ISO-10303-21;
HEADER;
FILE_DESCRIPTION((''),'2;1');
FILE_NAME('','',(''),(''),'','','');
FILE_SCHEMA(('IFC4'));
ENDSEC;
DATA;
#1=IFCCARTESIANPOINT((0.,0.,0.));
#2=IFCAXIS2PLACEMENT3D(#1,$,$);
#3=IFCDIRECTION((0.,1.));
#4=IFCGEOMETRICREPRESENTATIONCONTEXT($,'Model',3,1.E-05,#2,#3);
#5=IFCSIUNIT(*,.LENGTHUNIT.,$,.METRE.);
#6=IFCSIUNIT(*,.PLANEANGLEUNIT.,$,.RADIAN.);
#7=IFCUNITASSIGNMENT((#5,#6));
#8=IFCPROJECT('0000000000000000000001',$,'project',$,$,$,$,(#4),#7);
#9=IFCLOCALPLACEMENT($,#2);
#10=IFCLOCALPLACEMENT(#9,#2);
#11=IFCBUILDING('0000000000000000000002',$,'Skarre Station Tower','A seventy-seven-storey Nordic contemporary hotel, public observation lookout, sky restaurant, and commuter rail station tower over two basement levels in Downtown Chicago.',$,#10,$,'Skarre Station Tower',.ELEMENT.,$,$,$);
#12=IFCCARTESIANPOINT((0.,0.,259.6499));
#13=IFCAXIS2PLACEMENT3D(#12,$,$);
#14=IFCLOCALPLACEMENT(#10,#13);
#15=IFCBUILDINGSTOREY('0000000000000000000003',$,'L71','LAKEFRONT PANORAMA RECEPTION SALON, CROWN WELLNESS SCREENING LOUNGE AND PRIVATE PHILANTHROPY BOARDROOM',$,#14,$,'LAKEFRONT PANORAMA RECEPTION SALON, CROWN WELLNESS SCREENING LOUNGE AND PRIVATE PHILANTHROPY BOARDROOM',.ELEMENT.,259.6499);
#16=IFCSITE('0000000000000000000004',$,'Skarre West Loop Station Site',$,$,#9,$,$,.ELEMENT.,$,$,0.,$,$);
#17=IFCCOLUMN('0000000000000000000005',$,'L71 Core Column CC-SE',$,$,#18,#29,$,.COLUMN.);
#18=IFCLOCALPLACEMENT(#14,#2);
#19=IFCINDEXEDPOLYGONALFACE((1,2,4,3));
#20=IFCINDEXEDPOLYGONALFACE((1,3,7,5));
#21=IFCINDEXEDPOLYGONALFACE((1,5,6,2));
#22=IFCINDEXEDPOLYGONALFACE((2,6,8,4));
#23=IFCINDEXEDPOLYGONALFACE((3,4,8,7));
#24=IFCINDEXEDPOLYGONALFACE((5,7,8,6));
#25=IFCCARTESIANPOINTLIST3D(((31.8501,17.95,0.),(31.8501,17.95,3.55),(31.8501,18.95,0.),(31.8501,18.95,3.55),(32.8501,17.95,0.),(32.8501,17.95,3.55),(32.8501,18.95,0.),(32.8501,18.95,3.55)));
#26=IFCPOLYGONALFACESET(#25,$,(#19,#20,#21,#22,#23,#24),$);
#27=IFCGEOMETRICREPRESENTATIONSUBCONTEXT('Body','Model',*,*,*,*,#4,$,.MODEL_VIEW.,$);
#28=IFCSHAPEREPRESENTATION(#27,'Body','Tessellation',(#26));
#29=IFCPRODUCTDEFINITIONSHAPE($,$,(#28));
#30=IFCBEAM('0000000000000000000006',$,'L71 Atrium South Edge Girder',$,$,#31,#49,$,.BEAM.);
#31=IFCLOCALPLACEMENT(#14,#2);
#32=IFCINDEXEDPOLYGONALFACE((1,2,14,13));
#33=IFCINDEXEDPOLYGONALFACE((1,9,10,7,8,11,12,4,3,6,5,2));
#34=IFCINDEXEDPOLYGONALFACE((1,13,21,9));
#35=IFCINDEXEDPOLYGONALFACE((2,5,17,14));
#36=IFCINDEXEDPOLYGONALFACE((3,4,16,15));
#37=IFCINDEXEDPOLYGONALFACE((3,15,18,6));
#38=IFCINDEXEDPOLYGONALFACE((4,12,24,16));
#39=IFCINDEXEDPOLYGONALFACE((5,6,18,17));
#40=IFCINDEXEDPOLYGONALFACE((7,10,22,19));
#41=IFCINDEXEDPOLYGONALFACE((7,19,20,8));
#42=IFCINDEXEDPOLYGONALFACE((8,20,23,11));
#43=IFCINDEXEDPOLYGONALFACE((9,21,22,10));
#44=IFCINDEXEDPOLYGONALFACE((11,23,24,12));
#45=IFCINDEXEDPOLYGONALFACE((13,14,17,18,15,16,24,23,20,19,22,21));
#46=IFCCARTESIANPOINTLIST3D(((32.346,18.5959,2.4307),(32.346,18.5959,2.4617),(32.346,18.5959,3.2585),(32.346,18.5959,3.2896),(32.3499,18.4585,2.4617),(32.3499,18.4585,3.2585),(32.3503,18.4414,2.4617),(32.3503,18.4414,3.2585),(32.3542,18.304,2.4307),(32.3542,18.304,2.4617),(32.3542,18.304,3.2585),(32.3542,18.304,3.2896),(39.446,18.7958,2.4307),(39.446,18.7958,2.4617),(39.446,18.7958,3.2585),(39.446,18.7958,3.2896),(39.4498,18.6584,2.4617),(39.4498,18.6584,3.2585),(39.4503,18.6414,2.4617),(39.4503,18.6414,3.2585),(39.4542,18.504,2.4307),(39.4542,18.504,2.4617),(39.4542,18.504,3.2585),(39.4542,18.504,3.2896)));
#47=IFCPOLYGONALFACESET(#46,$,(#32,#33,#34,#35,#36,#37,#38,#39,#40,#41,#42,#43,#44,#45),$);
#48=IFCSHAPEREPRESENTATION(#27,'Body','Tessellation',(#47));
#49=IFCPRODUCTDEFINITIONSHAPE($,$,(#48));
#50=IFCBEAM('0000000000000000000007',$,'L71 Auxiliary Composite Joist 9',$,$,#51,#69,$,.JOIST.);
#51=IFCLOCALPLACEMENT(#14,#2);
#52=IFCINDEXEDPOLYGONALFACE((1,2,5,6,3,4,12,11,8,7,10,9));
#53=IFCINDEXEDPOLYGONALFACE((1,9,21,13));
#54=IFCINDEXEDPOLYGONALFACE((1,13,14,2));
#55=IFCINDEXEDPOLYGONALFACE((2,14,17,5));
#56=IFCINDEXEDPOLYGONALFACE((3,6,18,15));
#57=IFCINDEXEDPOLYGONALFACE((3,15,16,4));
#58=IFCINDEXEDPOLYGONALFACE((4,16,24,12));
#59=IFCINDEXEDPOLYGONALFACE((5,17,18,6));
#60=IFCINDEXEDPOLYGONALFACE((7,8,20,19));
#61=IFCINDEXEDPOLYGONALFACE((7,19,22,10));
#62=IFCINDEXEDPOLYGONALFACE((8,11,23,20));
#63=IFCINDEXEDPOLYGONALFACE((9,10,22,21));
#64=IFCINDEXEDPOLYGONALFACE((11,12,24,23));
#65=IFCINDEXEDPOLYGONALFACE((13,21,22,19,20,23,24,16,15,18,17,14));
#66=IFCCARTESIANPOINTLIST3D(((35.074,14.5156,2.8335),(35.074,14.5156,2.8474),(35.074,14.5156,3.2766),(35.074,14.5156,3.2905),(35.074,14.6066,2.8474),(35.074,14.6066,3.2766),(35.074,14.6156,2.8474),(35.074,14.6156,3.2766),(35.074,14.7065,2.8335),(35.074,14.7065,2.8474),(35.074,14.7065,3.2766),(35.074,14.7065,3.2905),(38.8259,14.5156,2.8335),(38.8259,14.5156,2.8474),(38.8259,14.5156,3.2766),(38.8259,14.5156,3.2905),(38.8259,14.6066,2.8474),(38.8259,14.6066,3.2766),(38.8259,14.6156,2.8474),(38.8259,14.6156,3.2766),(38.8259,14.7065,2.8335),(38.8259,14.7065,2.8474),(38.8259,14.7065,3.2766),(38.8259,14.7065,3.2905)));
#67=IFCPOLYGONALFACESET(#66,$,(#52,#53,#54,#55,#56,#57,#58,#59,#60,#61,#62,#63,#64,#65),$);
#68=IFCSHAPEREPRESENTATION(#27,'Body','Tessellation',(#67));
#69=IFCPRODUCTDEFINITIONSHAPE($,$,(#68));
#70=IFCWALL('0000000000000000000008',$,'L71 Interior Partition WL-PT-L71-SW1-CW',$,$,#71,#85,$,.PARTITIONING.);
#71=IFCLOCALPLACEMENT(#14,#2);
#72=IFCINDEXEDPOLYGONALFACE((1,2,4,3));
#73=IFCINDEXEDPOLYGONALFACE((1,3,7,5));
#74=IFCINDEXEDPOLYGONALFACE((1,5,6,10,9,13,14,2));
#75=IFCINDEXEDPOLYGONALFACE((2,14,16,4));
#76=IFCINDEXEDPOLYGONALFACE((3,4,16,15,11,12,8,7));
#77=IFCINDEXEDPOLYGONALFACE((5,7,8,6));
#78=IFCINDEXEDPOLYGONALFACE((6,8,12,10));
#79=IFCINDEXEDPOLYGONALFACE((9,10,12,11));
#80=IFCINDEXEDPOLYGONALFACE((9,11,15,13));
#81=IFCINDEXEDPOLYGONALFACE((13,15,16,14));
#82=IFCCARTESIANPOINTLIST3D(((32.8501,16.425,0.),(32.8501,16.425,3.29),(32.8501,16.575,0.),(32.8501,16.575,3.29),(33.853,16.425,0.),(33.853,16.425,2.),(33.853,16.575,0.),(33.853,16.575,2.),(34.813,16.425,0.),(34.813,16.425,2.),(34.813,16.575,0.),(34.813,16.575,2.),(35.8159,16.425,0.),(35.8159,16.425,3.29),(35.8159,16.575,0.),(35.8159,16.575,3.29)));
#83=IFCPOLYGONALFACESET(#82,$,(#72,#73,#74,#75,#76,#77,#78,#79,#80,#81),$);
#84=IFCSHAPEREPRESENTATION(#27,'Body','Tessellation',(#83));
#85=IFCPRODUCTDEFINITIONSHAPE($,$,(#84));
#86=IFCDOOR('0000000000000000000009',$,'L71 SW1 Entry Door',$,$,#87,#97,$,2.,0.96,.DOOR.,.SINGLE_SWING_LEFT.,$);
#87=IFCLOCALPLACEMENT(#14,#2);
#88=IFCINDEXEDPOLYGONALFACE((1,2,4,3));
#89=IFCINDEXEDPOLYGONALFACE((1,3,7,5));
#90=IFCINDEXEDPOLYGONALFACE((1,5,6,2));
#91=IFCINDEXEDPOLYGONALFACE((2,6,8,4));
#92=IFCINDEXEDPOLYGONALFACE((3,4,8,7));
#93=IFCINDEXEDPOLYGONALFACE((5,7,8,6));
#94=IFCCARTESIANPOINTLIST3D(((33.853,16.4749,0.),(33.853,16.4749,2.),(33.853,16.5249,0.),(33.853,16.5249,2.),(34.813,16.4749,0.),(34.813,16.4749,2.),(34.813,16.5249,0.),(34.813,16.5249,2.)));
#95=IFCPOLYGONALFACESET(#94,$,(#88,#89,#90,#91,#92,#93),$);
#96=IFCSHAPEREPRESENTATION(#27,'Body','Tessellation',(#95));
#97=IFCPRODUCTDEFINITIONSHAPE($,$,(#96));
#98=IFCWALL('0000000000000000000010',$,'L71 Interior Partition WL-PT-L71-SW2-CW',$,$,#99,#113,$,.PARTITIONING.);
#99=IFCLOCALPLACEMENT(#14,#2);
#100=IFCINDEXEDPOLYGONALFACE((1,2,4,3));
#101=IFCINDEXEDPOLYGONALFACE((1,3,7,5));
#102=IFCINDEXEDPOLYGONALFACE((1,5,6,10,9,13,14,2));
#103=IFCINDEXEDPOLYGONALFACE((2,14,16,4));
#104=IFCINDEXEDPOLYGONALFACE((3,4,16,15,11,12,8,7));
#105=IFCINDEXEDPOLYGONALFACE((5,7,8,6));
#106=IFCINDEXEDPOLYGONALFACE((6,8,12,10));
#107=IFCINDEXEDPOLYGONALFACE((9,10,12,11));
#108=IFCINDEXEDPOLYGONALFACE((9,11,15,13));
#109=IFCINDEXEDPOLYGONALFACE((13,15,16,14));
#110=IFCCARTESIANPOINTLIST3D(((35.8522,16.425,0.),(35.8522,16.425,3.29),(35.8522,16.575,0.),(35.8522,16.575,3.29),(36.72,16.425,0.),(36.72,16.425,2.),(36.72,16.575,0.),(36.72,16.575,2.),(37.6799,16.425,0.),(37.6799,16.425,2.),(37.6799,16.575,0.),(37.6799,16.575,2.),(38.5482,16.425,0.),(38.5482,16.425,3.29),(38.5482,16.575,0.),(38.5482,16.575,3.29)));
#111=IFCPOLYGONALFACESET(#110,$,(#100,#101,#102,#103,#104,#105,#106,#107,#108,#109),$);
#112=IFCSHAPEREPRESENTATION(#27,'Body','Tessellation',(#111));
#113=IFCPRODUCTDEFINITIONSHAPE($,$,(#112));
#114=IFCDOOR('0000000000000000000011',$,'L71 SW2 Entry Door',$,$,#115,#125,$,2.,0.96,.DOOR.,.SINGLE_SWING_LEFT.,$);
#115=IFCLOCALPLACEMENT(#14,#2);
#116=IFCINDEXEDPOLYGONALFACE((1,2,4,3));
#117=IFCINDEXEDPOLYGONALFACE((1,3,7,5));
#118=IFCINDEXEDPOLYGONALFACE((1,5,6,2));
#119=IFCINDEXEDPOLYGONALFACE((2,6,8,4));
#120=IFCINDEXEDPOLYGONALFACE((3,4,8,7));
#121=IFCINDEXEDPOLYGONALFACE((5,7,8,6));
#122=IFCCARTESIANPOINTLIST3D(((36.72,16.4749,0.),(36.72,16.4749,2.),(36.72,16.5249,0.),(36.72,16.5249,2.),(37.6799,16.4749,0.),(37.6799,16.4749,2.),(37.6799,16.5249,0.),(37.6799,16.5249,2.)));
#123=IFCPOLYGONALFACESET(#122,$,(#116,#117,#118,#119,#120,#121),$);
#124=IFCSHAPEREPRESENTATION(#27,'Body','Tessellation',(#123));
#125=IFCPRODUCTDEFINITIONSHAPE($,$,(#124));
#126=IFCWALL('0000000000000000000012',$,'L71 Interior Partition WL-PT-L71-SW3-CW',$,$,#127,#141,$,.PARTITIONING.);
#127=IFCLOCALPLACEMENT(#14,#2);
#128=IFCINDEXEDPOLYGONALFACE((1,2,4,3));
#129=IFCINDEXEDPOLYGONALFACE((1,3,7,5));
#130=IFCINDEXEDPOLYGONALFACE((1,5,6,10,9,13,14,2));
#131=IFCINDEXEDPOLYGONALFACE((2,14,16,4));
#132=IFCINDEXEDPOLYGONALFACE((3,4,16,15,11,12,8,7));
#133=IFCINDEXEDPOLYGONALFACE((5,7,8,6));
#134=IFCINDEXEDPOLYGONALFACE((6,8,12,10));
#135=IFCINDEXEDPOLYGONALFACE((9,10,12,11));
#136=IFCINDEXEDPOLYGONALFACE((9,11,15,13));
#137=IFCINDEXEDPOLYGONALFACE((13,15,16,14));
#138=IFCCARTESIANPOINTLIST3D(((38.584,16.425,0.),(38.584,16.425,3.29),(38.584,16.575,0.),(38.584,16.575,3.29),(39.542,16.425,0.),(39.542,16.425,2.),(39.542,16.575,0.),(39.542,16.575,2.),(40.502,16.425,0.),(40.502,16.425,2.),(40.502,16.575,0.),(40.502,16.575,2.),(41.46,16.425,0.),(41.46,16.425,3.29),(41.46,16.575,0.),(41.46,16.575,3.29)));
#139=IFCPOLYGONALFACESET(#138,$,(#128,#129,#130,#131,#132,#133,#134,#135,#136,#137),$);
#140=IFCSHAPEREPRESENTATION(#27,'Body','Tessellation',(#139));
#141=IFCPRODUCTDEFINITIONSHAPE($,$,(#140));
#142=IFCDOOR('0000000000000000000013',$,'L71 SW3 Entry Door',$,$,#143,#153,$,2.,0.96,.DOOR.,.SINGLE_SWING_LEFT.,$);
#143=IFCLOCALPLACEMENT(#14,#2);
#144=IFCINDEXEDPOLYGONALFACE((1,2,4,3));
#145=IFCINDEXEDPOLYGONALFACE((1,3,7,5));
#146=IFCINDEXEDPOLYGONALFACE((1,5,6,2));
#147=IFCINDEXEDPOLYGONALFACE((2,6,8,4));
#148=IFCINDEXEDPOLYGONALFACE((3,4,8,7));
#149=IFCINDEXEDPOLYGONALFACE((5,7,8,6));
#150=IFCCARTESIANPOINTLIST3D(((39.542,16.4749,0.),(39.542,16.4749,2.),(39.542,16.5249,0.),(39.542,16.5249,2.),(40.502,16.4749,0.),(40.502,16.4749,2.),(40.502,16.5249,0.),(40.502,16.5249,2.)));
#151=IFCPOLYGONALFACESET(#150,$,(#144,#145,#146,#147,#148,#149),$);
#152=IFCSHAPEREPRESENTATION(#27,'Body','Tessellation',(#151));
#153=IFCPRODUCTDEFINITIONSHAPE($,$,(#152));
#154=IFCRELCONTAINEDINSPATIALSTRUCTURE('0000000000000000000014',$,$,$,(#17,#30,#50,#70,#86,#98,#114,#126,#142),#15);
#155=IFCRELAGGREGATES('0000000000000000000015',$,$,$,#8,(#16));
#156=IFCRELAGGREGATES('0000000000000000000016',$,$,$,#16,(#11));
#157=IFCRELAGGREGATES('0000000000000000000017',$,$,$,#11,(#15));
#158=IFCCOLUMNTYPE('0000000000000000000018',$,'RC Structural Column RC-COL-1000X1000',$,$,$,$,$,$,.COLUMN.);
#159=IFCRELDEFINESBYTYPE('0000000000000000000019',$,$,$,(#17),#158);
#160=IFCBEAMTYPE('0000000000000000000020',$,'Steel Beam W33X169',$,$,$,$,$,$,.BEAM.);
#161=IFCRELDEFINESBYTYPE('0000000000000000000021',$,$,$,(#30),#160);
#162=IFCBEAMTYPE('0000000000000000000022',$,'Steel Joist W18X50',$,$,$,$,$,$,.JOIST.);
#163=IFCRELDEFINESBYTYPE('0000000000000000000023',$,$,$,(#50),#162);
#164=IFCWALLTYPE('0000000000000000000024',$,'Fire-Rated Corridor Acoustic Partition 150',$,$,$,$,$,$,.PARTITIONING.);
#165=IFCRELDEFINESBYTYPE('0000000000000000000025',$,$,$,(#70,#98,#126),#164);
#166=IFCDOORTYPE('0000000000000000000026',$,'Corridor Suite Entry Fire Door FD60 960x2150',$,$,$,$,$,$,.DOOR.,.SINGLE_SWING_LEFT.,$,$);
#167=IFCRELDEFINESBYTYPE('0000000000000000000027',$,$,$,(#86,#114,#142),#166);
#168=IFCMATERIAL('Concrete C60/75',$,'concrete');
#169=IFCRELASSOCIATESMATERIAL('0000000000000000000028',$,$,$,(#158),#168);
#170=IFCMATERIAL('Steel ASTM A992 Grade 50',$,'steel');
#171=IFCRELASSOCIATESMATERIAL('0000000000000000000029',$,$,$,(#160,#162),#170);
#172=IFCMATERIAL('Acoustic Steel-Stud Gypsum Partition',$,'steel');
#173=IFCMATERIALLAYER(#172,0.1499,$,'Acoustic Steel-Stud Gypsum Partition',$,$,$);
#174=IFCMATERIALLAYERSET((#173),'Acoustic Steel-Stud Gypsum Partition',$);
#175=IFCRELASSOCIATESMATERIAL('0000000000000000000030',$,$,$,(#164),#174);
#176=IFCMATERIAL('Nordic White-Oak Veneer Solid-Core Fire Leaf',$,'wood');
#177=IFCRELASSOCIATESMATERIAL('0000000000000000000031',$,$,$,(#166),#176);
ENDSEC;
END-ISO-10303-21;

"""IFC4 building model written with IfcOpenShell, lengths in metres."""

from ifc_helpers import new_model, si_unit, direction, frame, frame_2d, origin, origin_2d, place, context, subcontext, project, spatial, rectangle, i_section, extrude, material, layer, layer_set, material_profile, profile_set, type_object, element, fill, save


model = new_model("IFC4")

# Units and contexts
model_context = context("Model", 3, precision=1e-05, world=origin(), true_north=direction((0.0, 1.0)))
body_context = subcontext(model_context, "Body", "Model", "MODEL_VIEW")
ifc_project = project(units=[si_unit("LENGTHUNIT", "METRE"), si_unit("PLANEANGLEUNIT", "RADIAN")], contexts=[model_context])

# Site, building, storey
site_placement = place(None, origin())
site = spatial("IfcSite", under=ifc_project, at=site_placement, Name="Skarre West Loop Station Site", CompositionType="ELEMENT", RefElevation=0.0)
building_placement = place(site_placement, origin())
building = spatial("IfcBuilding", under=site, at=building_placement, Name="Skarre Station Tower", Description="A seventy-seven-storey Nordic contemporary hotel, public observation lookout, sky restaurant, and commuter rail station tower over two basement levels in Downtown Chicago.", LongName="Skarre Station Tower", CompositionType="ELEMENT")
storey_placement = place(building_placement, frame((0.0, 0.0, 259.6499)))
storey = spatial("IfcBuildingStorey", under=building, at=storey_placement, Name="L71", Description="LAKEFRONT PANORAMA RECEPTION SALON, CROWN WELLNESS SCREENING LOUNGE AND PRIVATE PHILANTHROPY BOARDROOM", LongName="LAKEFRONT PANORAMA RECEPTION SALON, CROWN WELLNESS SCREENING LOUNGE AND PRIVATE PHILANTHROPY BOARDROOM", CompositionType="ELEMENT", Elevation=259.6499)

# Column
ifc_material_1 = material(Name="Concrete C60/75", Category="concrete")
ifc_material_profile_1 = material_profile(ifc_material_1, rectangle(XDim=1.0, YDim=1.0, at=origin_2d()), Name="Concrete C60/75")
ifc_profile_set_1 = profile_set([ifc_material_profile_1], Name="Concrete C60/75")
column_type = type_object("IfcColumnType", Name="RC Structural Column RC-COL-1000X1000", PredefinedType="COLUMN", material=ifc_profile_set_1)
column_placement = place(storey_placement, frame((32.3501, 18.45, 0.0), z_axis=(0.0, 0.0, 1.0), x_axis=(1.0, 0.0, 0.0)))
element("IfcColumn", 1, at=column_placement, inside=storey, type_object=column_type, Name="L71 Core Column CC-SE", PredefinedType="COLUMN", context=body_context, shape_type="SweptSolid", body=[
    extrude(rectangle(XDim=1.0, YDim=1.0, at=origin_2d()), origin(), (0.0, 0.0, 1.0), 3.55),
])

# Beams
ifc_material_2 = material(Name="Steel ASTM A992 Grade 50", Category="steel")
ifc_material_profile_2 = material_profile(ifc_material_2, i_section(OverallWidth=0.292, OverallDepth=0.8589, WebThickness=0.0171, FlangeThickness=0.031, at=origin_2d()), Name="Steel ASTM A992 Grade 50")
ifc_profile_set_2 = profile_set([ifc_material_profile_2], Name="Steel ASTM A992 Grade 50")
beam_type_1 = type_object("IfcBeamType", Name="Steel Beam W33X169", PredefinedType="BEAM", material=ifc_profile_set_2)
beam_1_placement = place(storey_placement, frame((32.3501, 18.45, 2.8601), z_axis=(0.999604, 0.028152, 0.0), x_axis=(-0.028152, 0.999604, 0.0)))
element("IfcBeam", 2, at=beam_1_placement, inside=storey, type_object=beam_type_1, Name="L71 Atrium South Edge Girder", PredefinedType="BEAM", context=body_context, shape_type="SweptSolid", body=[
    extrude(i_section(OverallWidth=0.292, OverallDepth=0.8589, WebThickness=0.0171, FlangeThickness=0.031, at=origin_2d()), origin(), (0.0, 0.0, 1.0), 7.1028),
])
ifc_material_profile_3 = material_profile(ifc_material_2, i_section(OverallWidth=0.1909, OverallDepth=0.457, WebThickness=0.009, FlangeThickness=0.0139, at=origin_2d()), Name="Steel ASTM A992 Grade 50")
ifc_profile_set_3 = profile_set([ifc_material_profile_3], Name="Steel ASTM A992 Grade 50")
beam_type_2 = type_object("IfcBeamType", Name="Steel Joist W18X50", PredefinedType="JOIST", material=ifc_profile_set_3)
beam_2_placement = place(storey_placement, frame((35.074, 14.6111, 3.062), z_axis=(1.0, 0.0, 0.0), x_axis=(0.0, 1.0, 0.0)))
element("IfcBeam", 3, at=beam_2_placement, inside=storey, type_object=beam_type_2, Name="L71 Auxiliary Composite Joist 9", PredefinedType="JOIST", context=body_context, shape_type="SweptSolid", body=[
    extrude(i_section(OverallWidth=0.1909, OverallDepth=0.457, WebThickness=0.009, FlangeThickness=0.0139, at=origin_2d()), origin(), (0.0, 0.0, 1.0), 3.752),
])

# Walls, openings, doors
ifc_material_3 = material(Name="Acoustic Steel-Stud Gypsum Partition", Category="steel")
ifc_layer_1 = layer(ifc_material_3, 0.1499, Name="Acoustic Steel-Stud Gypsum Partition")
ifc_layer_set_1 = layer_set([ifc_layer_1], Name="Acoustic Steel-Stud Gypsum Partition")
wall_type_1 = type_object("IfcWallType", Name="Fire-Rated Corridor Acoustic Partition 150", PredefinedType="PARTITIONING", material=ifc_layer_set_1)
wall_1_placement = place(storey_placement, frame((32.8501, 16.5, 0.0), z_axis=(0.0, 0.0, 1.0), x_axis=(1.0, 0.0, 0.0)))
wall_1 = element("IfcWall", 4, at=wall_1_placement, inside=storey, type_object=wall_type_1, Name="L71 Interior Partition WL-PT-L71-SW1-CW", PredefinedType="PARTITIONING", context=body_context, shape_type="SweptSolid", body=[
    extrude(rectangle(XDim=2.9658, YDim=0.1499, at=frame_2d((1.4829, 0.0))), origin(), (0.0, 0.0, 1.0), 3.29),
])
opening_1_placement = place(wall_1_placement, frame((1.0029, 0.0, 0.0)))
opening_1 = element("IfcOpeningElement", 5, at=opening_1_placement, cuts=wall_1, PredefinedType="OPENING", context=body_context, shape_type="SweptSolid", body=[
    extrude(rectangle(XDim=0.96, YDim=2.0, at=frame_2d((0.48, 1.0))), frame((0.0, 0.085, 0.0), z_axis=(0.0, -1.0, 0.0), x_axis=(1.0, 0.0, 0.0)), (0.0, 0.0, 1.0), 0.1699),
])
ifc_material_4 = material(Name="Nordic White-Oak Veneer Solid-Core Fire Leaf", Category="wood")
door_type_1 = type_object("IfcDoorType", Name="Corridor Suite Entry Fire Door FD60 960x2150", OperationType="SINGLE_SWING_LEFT", PredefinedType="DOOR", material=ifc_material_4)
door_1_placement = place(opening_1_placement, origin())
door_1 = element("IfcDoor", 6, at=door_1_placement, inside=storey, type_object=door_type_1, Name="L71 SW1 Entry Door", OperationType="SINGLE_SWING_LEFT", OverallHeight=2.0, OverallWidth=0.96, PredefinedType="DOOR", context=body_context, shape_type="SweptSolid", body=[
    extrude(rectangle(XDim=0.96, YDim=2.0, at=frame_2d((0.48, 1.0))), frame((0.0, 0.0249, 0.0), z_axis=(0.0, -1.0, 0.0), x_axis=(1.0, 0.0, 0.0)), (0.0, 0.0, 1.0), 0.05),
])
fill(opening_1, door_1)
wall_2_placement = place(storey_placement, frame((35.8521, 16.5, 0.0), z_axis=(0.0, 0.0, 1.0), x_axis=(1.0, 0.0, 0.0)))
wall_2 = element("IfcWall", 7, at=wall_2_placement, inside=storey, type_object=wall_type_1, Name="L71 Interior Partition WL-PT-L71-SW2-CW", PredefinedType="PARTITIONING", context=body_context, shape_type="SweptSolid", body=[
    extrude(rectangle(XDim=2.696, YDim=0.1499, at=frame_2d((1.3481, 0.0))), origin(), (0.0, 0.0, 1.0), 3.29),
])
opening_2_placement = place(wall_2_placement, frame((0.8679, 0.0, 0.0)))
opening_2 = element("IfcOpeningElement", 8, at=opening_2_placement, cuts=wall_2, PredefinedType="OPENING", context=body_context, shape_type="SweptSolid", body=[
    extrude(rectangle(XDim=0.96, YDim=2.0, at=frame_2d((0.48, 1.0))), frame((0.0, 0.085, 0.0), z_axis=(0.0, -1.0, 0.0), x_axis=(1.0, 0.0, 0.0)), (0.0, 0.0, 1.0), 0.1699),
])
door_2_placement = place(opening_2_placement, origin())
door_2 = element("IfcDoor", 9, at=door_2_placement, inside=storey, type_object=door_type_1, Name="L71 SW2 Entry Door", OperationType="SINGLE_SWING_LEFT", OverallHeight=2.0, OverallWidth=0.96, PredefinedType="DOOR", context=body_context, shape_type="SweptSolid", body=[
    extrude(rectangle(XDim=0.96, YDim=2.0, at=frame_2d((0.48, 1.0))), frame((0.0, 0.0249, 0.0), z_axis=(0.0, -1.0, 0.0), x_axis=(1.0, 0.0, 0.0)), (0.0, 0.0, 1.0), 0.05),
])
fill(opening_2, door_2)
wall_3_placement = place(storey_placement, frame((38.584, 16.5, 0.0), z_axis=(0.0, 0.0, 1.0), x_axis=(1.0, 0.0, 0.0)))
wall_3 = element("IfcWall", 10, at=wall_3_placement, inside=storey, type_object=wall_type_1, Name="L71 Interior Partition WL-PT-L71-SW3-CW", PredefinedType="PARTITIONING", context=body_context, shape_type="SweptSolid", body=[
    extrude(rectangle(XDim=2.876, YDim=0.1499, at=frame_2d((1.438, 0.0))), origin(), (0.0, 0.0, 1.0), 3.29),
])
opening_3_placement = place(wall_3_placement, frame((0.958, 0.0, 0.0)))
opening_3 = element("IfcOpeningElement", 11, at=opening_3_placement, cuts=wall_3, PredefinedType="OPENING", context=body_context, shape_type="SweptSolid", body=[
    extrude(rectangle(XDim=0.96, YDim=2.0, at=frame_2d((0.48, 1.0))), frame((0.0, 0.085, 0.0), z_axis=(0.0, -1.0, 0.0), x_axis=(1.0, 0.0, 0.0)), (0.0, 0.0, 1.0), 0.1699),
])
door_3_placement = place(opening_3_placement, origin())
door_3 = element("IfcDoor", 12, at=door_3_placement, inside=storey, type_object=door_type_1, Name="L71 SW3 Entry Door", OperationType="SINGLE_SWING_LEFT", OverallHeight=2.0, OverallWidth=0.96, PredefinedType="DOOR", context=body_context, shape_type="SweptSolid", body=[
    extrude(rectangle(XDim=0.96, YDim=2.0, at=frame_2d((0.48, 1.0))), frame((0.0, 0.0249, 0.0), z_axis=(0.0, -1.0, 0.0), x_axis=(1.0, 0.0, 0.0)), (0.0, 0.0, 1.0), 0.05),
])
fill(opening_3, door_3)

save(model, "model.ifc")
